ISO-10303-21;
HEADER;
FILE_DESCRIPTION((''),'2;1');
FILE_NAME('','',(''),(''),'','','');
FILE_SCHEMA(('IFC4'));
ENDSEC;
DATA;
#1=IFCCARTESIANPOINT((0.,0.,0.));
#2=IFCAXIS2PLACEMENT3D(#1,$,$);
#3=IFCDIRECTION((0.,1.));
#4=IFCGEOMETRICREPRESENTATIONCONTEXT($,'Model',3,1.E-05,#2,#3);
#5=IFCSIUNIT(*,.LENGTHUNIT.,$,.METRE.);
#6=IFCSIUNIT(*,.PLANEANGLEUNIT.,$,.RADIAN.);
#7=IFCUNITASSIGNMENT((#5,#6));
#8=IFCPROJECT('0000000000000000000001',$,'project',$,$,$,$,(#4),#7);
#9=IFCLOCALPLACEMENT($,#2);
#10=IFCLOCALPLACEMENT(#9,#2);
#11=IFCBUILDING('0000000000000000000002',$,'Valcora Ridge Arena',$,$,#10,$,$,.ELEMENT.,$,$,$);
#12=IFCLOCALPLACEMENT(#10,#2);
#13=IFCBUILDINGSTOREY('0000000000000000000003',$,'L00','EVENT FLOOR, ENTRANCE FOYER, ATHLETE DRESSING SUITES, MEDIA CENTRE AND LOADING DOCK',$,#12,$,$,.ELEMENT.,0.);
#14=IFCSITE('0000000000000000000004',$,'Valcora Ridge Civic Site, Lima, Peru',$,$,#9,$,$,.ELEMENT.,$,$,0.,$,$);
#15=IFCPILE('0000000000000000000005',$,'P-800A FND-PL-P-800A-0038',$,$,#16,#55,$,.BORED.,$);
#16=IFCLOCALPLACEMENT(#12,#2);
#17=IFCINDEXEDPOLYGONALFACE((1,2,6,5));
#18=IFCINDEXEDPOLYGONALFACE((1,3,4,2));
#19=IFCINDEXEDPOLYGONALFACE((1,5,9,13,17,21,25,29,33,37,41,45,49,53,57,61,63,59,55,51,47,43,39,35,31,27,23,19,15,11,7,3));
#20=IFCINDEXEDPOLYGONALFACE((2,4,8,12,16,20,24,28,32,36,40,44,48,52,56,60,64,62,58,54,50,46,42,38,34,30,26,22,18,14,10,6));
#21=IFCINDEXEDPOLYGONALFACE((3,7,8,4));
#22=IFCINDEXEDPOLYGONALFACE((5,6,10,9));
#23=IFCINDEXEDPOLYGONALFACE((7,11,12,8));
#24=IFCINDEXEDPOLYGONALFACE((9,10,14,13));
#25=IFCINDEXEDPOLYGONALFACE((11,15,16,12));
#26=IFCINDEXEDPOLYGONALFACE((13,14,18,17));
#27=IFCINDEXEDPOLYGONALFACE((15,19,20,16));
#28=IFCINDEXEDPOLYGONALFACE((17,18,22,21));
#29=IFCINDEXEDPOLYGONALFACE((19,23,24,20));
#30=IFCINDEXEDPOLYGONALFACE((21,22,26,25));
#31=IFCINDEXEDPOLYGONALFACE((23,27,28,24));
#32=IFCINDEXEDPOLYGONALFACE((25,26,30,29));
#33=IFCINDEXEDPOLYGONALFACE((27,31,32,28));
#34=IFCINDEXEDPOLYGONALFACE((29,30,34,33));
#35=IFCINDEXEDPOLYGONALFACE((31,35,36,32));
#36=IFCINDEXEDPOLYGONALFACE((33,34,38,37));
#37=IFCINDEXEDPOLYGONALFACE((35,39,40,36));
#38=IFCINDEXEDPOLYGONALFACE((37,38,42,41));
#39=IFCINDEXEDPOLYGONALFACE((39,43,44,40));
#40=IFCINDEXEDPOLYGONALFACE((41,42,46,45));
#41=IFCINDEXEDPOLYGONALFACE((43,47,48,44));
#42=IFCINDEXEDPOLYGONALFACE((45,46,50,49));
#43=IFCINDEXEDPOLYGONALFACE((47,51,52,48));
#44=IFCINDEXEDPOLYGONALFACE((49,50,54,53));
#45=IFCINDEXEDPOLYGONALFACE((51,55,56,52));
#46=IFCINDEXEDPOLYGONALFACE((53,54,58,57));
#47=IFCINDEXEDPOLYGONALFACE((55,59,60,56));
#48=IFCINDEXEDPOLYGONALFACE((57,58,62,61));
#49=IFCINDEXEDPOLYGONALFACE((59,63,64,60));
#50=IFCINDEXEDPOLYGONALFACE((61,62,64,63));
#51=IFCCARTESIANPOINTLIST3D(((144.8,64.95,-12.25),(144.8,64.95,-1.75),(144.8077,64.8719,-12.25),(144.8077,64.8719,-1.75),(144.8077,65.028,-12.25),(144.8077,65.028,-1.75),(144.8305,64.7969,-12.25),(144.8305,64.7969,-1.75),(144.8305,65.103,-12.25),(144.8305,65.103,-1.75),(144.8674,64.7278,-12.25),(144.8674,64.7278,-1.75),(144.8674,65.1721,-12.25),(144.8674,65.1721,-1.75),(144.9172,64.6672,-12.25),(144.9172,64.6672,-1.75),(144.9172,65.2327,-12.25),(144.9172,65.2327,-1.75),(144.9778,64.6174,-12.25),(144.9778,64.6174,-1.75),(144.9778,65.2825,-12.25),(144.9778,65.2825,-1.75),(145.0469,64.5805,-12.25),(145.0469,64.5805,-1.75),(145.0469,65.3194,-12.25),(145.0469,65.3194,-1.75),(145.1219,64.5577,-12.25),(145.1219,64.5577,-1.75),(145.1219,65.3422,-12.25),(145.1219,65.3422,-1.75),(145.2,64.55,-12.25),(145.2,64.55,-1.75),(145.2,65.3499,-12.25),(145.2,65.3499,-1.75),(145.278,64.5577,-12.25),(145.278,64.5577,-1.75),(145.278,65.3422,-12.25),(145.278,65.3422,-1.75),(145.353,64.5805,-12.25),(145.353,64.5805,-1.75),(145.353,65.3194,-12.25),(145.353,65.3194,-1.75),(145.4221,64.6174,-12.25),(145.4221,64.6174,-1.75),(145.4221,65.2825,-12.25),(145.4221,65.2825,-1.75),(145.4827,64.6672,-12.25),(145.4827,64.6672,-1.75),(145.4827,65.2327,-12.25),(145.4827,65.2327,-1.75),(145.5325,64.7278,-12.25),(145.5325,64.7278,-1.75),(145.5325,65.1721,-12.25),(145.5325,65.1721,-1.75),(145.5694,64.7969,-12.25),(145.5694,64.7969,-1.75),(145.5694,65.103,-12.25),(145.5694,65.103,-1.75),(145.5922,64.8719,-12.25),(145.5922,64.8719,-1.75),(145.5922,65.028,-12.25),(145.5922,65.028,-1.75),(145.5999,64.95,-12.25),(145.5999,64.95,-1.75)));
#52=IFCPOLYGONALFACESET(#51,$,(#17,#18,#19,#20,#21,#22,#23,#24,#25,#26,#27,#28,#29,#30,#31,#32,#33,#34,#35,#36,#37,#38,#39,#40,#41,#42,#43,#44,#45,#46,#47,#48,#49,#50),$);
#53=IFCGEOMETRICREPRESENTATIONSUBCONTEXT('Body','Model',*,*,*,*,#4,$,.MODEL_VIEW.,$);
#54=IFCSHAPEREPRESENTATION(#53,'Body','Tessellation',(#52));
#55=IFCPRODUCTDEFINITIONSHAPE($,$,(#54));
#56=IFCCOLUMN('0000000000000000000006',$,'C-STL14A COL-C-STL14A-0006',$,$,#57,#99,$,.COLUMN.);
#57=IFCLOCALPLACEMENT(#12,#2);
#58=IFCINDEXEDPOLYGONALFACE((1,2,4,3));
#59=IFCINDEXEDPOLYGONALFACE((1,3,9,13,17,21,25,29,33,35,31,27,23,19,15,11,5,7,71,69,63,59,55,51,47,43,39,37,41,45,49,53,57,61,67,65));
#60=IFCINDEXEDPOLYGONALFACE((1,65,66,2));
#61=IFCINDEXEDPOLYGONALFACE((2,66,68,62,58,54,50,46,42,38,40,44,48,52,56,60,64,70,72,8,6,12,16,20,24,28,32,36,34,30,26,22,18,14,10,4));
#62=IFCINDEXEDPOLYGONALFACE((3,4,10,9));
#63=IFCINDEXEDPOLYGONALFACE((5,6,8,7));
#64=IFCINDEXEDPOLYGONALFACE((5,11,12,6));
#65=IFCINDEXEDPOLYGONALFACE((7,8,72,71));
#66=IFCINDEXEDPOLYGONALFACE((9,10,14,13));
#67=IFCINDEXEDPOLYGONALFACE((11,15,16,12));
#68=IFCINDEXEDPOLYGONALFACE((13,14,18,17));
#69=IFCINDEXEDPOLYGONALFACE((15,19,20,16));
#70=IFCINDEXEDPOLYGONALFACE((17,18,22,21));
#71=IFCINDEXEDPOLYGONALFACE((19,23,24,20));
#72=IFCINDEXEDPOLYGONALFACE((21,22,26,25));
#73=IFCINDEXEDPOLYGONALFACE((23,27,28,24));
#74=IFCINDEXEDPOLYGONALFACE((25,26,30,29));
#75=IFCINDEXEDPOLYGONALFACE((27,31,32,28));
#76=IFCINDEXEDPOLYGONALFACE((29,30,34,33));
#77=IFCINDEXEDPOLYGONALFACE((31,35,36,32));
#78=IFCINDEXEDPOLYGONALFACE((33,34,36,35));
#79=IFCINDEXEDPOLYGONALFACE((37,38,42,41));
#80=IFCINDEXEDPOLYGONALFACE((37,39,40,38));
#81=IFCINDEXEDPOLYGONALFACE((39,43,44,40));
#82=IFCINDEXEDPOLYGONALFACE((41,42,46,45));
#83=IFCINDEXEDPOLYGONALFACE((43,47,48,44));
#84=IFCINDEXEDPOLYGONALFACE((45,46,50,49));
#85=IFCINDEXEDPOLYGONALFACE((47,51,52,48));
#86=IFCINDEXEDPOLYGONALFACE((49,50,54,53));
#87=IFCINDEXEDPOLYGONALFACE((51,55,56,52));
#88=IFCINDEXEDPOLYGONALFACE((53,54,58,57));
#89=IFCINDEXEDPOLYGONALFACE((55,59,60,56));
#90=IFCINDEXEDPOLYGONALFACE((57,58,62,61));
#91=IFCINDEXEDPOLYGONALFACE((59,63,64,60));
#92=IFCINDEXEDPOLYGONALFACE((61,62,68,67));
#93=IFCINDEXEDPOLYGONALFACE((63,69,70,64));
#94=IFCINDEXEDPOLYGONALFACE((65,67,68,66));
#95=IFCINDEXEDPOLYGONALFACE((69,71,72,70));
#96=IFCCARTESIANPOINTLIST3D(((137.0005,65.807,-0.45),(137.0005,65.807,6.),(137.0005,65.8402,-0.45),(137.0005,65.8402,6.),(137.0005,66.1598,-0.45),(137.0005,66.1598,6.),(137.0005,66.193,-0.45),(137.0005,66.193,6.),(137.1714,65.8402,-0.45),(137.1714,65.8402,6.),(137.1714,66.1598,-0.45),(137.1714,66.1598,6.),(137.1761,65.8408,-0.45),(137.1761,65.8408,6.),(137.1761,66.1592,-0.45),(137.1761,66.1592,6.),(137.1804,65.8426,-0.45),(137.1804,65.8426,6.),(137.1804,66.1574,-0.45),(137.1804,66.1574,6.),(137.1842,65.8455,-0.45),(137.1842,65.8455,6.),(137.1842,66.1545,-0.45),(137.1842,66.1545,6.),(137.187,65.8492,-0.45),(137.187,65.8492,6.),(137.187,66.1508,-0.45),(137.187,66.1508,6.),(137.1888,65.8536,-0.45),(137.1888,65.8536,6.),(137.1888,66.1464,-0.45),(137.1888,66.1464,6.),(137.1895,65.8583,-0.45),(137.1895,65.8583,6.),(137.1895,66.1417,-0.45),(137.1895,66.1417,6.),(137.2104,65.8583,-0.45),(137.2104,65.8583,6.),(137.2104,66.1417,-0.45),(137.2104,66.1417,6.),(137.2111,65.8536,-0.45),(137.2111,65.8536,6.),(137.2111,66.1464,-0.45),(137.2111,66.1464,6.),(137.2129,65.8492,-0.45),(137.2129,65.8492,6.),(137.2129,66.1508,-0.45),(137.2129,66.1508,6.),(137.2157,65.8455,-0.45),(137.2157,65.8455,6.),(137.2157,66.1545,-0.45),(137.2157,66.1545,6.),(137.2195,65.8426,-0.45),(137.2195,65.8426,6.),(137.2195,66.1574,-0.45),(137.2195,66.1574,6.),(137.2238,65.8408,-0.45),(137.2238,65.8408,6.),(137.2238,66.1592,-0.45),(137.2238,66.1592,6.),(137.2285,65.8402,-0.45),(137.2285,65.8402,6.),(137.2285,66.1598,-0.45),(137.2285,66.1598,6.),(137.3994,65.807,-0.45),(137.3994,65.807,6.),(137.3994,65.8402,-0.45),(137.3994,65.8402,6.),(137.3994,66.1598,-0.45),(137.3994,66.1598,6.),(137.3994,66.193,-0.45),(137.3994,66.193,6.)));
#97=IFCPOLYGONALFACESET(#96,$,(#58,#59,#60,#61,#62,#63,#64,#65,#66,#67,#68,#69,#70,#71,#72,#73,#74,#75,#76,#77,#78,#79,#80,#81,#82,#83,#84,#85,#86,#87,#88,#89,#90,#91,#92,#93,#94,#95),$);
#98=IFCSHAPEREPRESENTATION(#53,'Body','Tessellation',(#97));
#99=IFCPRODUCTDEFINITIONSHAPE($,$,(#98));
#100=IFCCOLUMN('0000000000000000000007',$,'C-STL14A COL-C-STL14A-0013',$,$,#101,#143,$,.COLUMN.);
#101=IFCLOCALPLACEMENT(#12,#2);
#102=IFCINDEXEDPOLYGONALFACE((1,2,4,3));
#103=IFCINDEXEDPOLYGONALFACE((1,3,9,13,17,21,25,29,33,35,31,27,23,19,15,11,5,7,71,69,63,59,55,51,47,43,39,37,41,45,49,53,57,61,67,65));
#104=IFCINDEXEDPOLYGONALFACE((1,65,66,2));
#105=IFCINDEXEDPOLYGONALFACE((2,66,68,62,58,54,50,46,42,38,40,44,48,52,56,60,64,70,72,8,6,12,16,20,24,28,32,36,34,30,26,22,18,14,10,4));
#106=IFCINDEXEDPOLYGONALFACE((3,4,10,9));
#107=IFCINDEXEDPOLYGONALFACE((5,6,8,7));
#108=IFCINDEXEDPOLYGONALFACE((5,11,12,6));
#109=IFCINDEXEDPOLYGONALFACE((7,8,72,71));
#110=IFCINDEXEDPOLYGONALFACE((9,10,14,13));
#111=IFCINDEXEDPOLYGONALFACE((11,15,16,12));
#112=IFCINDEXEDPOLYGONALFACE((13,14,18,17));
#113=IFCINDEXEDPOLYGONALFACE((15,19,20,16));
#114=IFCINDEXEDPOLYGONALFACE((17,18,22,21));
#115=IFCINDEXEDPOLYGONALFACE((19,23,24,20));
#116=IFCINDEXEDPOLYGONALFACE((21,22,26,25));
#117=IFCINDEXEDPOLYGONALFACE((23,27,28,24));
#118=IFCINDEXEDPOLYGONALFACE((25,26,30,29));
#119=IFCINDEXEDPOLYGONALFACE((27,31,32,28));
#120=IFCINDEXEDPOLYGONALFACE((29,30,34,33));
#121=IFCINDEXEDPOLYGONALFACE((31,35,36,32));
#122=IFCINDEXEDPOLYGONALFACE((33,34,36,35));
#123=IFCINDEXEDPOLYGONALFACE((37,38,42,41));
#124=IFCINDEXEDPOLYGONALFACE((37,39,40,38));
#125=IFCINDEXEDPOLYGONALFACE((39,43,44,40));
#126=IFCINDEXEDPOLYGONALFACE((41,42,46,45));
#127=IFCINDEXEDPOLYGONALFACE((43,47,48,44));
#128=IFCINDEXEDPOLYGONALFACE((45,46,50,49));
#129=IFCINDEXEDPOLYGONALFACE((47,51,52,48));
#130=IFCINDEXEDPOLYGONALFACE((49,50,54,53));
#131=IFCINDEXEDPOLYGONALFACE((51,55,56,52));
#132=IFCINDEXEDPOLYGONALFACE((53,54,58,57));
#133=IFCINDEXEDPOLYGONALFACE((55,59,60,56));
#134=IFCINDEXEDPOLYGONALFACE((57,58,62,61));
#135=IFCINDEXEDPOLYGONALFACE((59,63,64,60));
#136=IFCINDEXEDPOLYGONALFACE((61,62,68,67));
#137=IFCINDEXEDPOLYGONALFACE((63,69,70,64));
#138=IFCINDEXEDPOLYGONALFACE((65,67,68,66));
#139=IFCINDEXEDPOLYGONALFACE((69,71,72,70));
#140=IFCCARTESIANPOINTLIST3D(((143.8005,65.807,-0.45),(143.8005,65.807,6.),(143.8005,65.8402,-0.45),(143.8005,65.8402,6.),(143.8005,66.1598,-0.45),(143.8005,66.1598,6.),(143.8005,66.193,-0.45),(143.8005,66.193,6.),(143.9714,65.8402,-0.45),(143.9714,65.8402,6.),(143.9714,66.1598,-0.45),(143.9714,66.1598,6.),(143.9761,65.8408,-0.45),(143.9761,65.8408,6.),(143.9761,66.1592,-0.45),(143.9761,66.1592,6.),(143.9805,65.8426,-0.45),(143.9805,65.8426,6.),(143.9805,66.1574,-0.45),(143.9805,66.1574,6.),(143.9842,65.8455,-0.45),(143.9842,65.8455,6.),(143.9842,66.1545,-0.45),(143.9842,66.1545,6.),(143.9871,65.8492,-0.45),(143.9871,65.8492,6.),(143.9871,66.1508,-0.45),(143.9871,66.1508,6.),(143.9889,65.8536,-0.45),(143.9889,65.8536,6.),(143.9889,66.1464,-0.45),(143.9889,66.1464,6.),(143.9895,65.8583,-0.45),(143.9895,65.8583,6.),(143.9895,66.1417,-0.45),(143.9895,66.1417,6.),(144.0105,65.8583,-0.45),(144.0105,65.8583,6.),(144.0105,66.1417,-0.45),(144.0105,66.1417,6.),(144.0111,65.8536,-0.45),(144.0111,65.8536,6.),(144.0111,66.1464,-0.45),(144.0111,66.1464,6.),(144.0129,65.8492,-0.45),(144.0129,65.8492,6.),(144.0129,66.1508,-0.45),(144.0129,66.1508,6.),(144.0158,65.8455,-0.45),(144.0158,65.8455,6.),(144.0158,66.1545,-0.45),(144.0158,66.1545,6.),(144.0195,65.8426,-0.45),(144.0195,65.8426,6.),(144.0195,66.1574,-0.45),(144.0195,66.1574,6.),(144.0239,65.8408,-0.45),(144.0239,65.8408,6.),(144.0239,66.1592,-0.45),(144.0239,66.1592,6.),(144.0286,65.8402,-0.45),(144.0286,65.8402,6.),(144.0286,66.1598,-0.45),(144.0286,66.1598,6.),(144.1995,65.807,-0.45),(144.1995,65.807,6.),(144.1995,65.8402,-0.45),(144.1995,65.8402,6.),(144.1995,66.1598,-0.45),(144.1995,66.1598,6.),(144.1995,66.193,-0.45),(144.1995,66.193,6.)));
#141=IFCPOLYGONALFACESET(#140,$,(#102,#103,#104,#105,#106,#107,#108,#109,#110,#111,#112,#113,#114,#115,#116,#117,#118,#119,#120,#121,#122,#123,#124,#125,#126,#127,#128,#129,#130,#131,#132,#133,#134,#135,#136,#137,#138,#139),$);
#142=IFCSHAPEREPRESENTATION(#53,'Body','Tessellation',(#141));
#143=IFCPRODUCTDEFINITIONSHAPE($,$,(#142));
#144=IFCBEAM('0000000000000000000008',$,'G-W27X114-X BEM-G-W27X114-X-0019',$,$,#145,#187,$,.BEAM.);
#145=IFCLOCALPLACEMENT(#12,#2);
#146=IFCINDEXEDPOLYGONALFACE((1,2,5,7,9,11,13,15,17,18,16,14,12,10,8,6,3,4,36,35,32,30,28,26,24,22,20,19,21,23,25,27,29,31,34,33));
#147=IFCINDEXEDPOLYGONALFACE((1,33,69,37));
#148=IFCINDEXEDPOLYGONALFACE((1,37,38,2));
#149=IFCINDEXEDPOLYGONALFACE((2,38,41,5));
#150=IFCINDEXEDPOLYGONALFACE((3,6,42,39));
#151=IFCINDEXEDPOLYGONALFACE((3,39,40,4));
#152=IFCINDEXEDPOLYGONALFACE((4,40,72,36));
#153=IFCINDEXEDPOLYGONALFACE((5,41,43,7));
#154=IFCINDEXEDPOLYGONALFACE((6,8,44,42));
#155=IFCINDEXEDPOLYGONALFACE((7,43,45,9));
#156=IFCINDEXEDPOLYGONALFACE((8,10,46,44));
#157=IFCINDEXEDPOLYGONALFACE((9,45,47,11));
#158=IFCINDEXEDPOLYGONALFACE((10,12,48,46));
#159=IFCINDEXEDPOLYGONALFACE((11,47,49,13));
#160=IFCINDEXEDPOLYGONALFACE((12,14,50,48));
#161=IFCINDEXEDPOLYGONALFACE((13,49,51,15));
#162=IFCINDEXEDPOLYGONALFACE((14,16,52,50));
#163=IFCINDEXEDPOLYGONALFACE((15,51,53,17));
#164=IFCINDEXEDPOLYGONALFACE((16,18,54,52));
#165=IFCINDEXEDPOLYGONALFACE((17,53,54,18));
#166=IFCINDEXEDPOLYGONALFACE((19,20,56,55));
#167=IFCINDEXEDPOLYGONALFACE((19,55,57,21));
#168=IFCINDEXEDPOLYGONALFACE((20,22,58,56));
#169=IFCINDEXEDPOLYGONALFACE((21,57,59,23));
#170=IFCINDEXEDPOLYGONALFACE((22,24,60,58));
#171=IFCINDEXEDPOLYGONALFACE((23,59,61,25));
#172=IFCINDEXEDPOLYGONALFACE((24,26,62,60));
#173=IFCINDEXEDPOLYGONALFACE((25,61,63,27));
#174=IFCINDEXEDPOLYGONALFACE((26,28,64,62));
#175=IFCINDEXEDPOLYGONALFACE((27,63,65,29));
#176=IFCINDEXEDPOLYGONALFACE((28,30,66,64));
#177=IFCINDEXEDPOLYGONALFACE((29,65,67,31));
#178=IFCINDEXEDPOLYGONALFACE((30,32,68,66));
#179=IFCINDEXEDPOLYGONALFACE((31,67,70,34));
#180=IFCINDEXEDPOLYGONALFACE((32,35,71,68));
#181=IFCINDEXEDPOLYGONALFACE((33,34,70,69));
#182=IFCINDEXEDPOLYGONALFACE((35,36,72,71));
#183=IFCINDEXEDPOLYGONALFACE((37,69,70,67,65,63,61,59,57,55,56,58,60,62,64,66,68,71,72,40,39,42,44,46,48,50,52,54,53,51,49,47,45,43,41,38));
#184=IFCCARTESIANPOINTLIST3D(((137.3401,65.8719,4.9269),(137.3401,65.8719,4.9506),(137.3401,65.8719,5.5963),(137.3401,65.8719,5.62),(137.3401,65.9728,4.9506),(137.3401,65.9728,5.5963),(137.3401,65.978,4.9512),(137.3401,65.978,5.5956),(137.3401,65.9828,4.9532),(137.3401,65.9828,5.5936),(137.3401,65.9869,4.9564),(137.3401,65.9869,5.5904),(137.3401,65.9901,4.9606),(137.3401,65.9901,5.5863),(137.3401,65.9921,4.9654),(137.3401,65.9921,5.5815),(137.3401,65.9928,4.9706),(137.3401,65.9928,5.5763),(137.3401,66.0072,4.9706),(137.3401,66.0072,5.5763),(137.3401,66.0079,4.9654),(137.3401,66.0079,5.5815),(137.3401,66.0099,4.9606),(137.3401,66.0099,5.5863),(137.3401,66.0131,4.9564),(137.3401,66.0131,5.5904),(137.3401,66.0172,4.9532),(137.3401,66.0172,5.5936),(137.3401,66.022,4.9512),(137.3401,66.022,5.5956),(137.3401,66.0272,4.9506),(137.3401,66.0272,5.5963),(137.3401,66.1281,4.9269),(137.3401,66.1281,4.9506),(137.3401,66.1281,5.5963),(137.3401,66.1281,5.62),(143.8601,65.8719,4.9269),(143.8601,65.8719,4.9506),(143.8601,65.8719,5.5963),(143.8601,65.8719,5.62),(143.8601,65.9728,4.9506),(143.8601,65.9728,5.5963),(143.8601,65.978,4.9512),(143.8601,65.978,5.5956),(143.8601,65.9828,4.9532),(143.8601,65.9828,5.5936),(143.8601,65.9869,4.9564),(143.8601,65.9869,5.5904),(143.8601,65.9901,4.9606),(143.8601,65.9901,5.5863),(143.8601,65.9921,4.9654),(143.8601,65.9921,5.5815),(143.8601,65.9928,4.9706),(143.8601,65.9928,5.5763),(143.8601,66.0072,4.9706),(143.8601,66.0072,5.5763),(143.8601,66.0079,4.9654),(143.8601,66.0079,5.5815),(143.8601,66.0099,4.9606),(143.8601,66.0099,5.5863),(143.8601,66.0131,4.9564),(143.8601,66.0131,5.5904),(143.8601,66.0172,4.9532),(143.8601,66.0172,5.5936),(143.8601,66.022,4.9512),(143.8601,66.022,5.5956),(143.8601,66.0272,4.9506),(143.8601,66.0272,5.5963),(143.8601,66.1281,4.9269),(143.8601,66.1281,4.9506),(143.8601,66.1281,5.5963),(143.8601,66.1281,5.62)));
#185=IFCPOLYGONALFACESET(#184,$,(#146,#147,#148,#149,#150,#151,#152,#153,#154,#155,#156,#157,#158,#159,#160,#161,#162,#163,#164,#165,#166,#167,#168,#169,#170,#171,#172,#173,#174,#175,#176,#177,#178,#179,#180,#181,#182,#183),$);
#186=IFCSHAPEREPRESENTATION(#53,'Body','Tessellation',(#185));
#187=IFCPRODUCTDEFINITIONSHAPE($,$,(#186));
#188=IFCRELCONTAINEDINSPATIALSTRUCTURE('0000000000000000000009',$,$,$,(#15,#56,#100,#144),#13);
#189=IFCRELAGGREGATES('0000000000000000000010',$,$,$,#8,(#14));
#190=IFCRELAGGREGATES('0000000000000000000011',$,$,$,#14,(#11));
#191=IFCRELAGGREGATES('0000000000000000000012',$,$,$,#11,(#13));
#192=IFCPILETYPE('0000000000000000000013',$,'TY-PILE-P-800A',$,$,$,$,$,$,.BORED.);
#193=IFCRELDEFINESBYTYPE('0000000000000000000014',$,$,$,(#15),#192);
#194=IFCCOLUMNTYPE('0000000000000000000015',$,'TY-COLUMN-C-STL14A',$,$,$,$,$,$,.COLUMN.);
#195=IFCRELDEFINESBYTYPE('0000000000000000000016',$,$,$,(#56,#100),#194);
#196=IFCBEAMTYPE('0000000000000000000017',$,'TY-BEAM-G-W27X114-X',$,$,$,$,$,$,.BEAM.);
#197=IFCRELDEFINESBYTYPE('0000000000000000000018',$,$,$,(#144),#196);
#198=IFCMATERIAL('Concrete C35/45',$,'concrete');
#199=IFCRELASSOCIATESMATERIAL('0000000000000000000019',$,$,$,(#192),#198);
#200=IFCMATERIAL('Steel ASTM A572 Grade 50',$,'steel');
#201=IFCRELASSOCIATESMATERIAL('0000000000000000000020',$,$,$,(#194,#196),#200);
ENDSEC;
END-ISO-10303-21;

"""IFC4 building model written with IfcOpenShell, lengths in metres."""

from ifc_helpers import new_model, si_unit, direction, frame, origin, origin_2d, place, context, subcontext, project, spatial, circle, i_section, extrude, material, material_profile, profile_set, type_object, element, save


model = new_model("IFC4")

# Units and contexts
model_context = context("Model", 3, precision=1e-05, world=origin(), true_north=direction((0.0, 1.0)))
body_context = subcontext(model_context, "Body", "Model", "MODEL_VIEW")
ifc_project = project(units=[si_unit("LENGTHUNIT", "METRE"), si_unit("PLANEANGLEUNIT", "RADIAN")], contexts=[model_context])

# Site, building, storey
site_placement = place(None, origin())
site = spatial("IfcSite", under=ifc_project, at=site_placement, Name="Valcora Ridge Civic Site, Lima, Peru", CompositionType="ELEMENT", RefElevation=0.0)
building_placement = place(site_placement, origin())
building = spatial("IfcBuilding", under=site, at=building_placement, Name="Valcora Ridge Arena", CompositionType="ELEMENT")
storey_placement = place(building_placement, origin())
storey = spatial("IfcBuildingStorey", under=building, at=storey_placement, Name="L00", Description="EVENT FLOOR, ENTRANCE FOYER, ATHLETE DRESSING SUITES, MEDIA CENTRE AND LOADING DOCK", CompositionType="ELEMENT", Elevation=0.0)

# Pile
ifc_material_1 = material(Name="Concrete C35/45", Category="concrete")
ifc_material_profile_1 = material_profile(ifc_material_1, circle(Radius=0.3999, at=origin_2d()), Name="BORED PILE D800")
ifc_profile_set_1 = profile_set([ifc_material_profile_1], Name="Concrete C35/45")
pile_type = type_object("IfcPileType", Name="TY-PILE-P-800A", PredefinedType="BORED", material=ifc_profile_set_1)
for number, where, z_axis, x_axis, name in (
    (1, (145.2, 64.95, -1.75), (0.0, 0.0, -1.0), (1.0, 0.0, 0.0), "P-800A FND-PL-P-800A-0038"),
):
    element("IfcPile", number, at=place(storey_placement, frame(where, z_axis=z_axis, x_axis=x_axis)), inside=storey, type_object=pile_type, Name=name, PredefinedType="BORED", context=body_context, shape_type="SweptSolid", body=[
        extrude(circle(Radius=0.3999, at=origin_2d()), origin(), (0.0, 0.0, 1.0), 10.5),
    ])

# Columns
ifc_material_2 = material(Name="Steel ASTM A572 Grade 50", Category="steel")
ifc_material_profile_2 = material_profile(ifc_material_2, i_section(OverallWidth=0.3989, OverallDepth=0.386, WebThickness=0.021, FlangeThickness=0.0332, FilletRadius=0.0181, at=origin_2d()), Name="W14X176")
ifc_profile_set_2 = profile_set([ifc_material_profile_2], Name="Steel ASTM A572 Grade 50")
column_type = type_object("IfcColumnType", Name="TY-COLUMN-C-STL14A", PredefinedType="COLUMN", material=ifc_profile_set_2)
for number, where, z_axis, x_axis, name in (
    (2, (137.2, 66.0, -0.45), (0.0, 0.0, 1.0), (1.0, 0.0, 0.0), "C-STL14A COL-C-STL14A-0006"),
    (3, (144.0, 66.0, -0.45), (0.0, 0.0, 1.0), (1.0, 0.0, 0.0), "C-STL14A COL-C-STL14A-0013"),
):
    element("IfcColumn", number, at=place(storey_placement, frame(where, z_axis=z_axis, x_axis=x_axis)), inside=storey, type_object=column_type, Name=name, PredefinedType="COLUMN", context=body_context, shape_type="SweptSolid", body=[
        extrude(i_section(OverallWidth=0.3989, OverallDepth=0.386, WebThickness=0.021, FlangeThickness=0.0332, FilletRadius=0.0181, at=origin_2d()), origin(), (0.0, 0.0, 1.0), 6.45),
    ])

# Beam
ifc_material_profile_3 = material_profile(ifc_material_2, i_section(OverallWidth=0.2561, OverallDepth=0.6931, WebThickness=0.0144, FlangeThickness=0.0237, FilletRadius=0.02, at=origin_2d()), Name="W27X114")
ifc_profile_set_3 = profile_set([ifc_material_profile_3], Name="Steel ASTM A572 Grade 50")
beam_type_1 = type_object("IfcBeamType", Name="TY-BEAM-G-W27X114-X", PredefinedType="BEAM", material=ifc_profile_set_3)
beam_1_placement = place(storey_placement, frame((137.3401, 66.0, 5.2734), z_axis=(1.0, 0.0, 0.0), x_axis=(0.0, 1.0, 0.0)))
element("IfcBeam", 4, at=beam_1_placement, inside=storey, type_object=beam_type_1, Name="G-W27X114-X BEM-G-W27X114-X-0019", PredefinedType="BEAM", context=body_context, shape_type="SweptSolid", body=[
    extrude(i_section(OverallWidth=0.2561, OverallDepth=0.6931, WebThickness=0.0144, FlangeThickness=0.0237, FilletRadius=0.02, at=origin_2d()), origin(), (0.0, 0.0, 1.0), 6.52),
])

save(model, "model.ifc")
